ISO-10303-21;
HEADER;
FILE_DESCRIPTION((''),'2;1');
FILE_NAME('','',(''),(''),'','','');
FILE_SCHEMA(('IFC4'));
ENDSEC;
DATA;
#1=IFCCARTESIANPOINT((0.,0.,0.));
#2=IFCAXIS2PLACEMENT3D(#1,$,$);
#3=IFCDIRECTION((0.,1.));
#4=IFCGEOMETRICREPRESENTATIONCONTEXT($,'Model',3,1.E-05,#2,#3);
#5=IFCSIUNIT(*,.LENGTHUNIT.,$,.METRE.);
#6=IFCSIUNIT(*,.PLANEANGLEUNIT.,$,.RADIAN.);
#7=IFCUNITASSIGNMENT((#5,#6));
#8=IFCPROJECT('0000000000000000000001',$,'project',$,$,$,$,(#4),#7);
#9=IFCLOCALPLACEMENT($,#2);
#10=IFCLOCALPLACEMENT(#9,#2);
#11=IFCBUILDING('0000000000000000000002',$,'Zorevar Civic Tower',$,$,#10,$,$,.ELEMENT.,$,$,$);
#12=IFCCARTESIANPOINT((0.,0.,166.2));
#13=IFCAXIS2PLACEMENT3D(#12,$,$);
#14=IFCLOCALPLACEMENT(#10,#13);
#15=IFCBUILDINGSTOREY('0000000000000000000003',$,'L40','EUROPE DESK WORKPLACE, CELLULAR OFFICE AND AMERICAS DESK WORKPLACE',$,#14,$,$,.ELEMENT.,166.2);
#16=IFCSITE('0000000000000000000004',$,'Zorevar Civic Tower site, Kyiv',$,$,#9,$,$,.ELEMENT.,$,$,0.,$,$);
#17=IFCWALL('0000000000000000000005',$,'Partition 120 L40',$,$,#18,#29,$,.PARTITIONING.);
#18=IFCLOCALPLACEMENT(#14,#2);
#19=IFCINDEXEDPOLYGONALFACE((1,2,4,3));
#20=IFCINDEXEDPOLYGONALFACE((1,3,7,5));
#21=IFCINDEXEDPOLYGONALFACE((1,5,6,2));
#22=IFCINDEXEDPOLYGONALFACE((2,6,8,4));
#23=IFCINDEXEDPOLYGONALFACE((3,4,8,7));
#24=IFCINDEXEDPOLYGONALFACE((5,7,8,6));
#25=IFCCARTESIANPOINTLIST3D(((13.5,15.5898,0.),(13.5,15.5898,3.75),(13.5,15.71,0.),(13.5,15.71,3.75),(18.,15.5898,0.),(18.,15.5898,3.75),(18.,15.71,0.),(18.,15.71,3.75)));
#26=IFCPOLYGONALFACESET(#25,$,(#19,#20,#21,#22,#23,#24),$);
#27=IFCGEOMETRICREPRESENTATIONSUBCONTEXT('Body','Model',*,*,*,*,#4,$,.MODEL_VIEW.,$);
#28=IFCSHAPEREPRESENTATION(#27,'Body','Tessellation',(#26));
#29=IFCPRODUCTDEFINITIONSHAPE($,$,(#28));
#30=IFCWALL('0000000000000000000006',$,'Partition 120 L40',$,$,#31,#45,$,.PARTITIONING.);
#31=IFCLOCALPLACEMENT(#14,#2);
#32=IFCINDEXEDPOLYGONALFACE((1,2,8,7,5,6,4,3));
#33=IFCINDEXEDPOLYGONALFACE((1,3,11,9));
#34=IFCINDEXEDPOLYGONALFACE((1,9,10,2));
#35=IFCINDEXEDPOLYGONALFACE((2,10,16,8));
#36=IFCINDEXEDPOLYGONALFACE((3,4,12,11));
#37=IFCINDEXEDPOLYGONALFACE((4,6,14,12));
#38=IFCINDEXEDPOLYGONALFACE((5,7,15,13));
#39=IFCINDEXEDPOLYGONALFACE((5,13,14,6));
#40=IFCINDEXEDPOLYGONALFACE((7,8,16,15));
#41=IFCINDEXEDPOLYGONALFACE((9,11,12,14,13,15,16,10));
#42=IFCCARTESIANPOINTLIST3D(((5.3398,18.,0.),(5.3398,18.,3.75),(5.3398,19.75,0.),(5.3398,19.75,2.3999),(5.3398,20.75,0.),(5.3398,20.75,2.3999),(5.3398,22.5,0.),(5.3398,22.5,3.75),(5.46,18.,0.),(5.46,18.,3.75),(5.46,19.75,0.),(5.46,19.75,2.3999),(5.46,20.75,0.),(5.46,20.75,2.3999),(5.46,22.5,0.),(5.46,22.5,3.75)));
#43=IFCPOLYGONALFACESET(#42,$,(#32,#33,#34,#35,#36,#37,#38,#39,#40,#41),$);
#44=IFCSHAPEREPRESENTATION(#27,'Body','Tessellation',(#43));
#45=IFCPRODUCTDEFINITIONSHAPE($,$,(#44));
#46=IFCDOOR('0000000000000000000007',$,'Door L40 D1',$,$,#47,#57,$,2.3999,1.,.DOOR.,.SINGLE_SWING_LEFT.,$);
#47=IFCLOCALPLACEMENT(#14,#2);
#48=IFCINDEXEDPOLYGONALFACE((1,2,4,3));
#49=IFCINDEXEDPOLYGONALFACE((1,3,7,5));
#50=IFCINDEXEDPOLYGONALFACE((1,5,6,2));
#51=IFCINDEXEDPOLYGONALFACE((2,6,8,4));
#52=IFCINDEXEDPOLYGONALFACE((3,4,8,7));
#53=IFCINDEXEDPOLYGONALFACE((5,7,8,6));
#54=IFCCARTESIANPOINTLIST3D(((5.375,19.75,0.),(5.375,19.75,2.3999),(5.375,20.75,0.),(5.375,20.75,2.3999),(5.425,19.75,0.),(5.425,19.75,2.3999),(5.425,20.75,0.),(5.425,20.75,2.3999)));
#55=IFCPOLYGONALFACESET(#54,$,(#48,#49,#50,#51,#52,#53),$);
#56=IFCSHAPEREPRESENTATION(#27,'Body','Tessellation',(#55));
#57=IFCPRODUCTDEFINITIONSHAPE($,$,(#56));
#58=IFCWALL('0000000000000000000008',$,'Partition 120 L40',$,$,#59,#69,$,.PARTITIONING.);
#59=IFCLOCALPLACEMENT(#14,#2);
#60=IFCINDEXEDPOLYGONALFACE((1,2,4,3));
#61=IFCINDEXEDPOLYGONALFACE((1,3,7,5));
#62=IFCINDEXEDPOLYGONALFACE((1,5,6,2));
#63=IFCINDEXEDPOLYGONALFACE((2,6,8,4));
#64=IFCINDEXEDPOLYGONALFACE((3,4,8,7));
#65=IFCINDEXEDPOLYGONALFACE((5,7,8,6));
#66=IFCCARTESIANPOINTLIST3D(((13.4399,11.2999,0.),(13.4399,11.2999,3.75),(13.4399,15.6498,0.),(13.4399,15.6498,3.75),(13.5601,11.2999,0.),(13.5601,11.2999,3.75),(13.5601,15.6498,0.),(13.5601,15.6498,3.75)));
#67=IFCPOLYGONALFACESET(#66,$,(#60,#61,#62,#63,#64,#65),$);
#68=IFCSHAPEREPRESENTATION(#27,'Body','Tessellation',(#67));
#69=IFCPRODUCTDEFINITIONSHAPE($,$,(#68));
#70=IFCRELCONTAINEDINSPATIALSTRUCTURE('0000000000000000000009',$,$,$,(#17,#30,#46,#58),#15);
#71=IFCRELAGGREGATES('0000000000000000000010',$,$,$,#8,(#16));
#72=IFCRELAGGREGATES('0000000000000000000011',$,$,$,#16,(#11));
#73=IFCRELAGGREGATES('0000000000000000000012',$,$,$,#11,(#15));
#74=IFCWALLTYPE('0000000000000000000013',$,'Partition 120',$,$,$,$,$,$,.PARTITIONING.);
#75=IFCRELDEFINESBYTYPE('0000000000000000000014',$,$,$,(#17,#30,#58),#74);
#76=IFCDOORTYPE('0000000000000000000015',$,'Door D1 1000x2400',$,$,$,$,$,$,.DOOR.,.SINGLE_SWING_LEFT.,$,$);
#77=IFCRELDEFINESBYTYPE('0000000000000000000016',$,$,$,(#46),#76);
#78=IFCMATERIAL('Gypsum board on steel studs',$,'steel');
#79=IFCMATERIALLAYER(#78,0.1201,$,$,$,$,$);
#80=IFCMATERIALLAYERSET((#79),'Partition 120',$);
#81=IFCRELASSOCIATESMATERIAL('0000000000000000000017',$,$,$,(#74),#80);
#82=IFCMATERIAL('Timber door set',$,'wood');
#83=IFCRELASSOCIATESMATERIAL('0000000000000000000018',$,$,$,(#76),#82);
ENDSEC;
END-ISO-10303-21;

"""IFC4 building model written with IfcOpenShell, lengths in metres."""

from ifc_helpers import new_model, si_unit, direction, frame, frame_2d, origin, place, context, subcontext, project, spatial, rectangle, extrude, material, layer, layer_set, type_object, element, fill, save


model = new_model("IFC4")

# Units and contexts
model_context = context("Model", 3, precision=1e-05, world=origin(), true_north=direction((0.0, 1.0)))
body_context = subcontext(model_context, "Body", "Model", "MODEL_VIEW")
ifc_project = project(units=[si_unit("LENGTHUNIT", "METRE"), si_unit("PLANEANGLEUNIT", "RADIAN")], contexts=[model_context])

# Site, building, storey
site_placement = place(None, origin())
site = spatial("IfcSite", under=ifc_project, at=site_placement, Name="Zorevar Civic Tower site, Kyiv", CompositionType="ELEMENT", RefElevation=0.0)
building_placement = place(site_placement, origin())
building = spatial("IfcBuilding", under=site, at=building_placement, Name="Zorevar Civic Tower", CompositionType="ELEMENT")
storey_placement = place(building_placement, frame((0.0, 0.0, 166.2)))
storey = spatial("IfcBuildingStorey", under=building, at=storey_placement, Name="L40", Description="EUROPE DESK WORKPLACE, CELLULAR OFFICE AND AMERICAS DESK WORKPLACE", CompositionType="ELEMENT", Elevation=166.2)

# Shared definitions
ifc_material_1 = material(Name="Gypsum board on steel studs", Category="steel")
ifc_layer_1 = layer(ifc_material_1, 0.1201)
ifc_layer_set_1 = layer_set([ifc_layer_1], Name="Partition 120")
wall_type_1 = type_object("IfcWallType", Name="Partition 120", PredefinedType="PARTITIONING", material=ifc_layer_set_1)
ifc_material_2 = material(Name="Timber door set", Category="wood")
door_type_1 = type_object("IfcDoorType", Name="Door D1 1000x2400", OperationType="SINGLE_SWING_LEFT", PredefinedType="DOOR", material=ifc_material_2)

# Wall
wall_1_placement = place(storey_placement, frame((13.5, 15.6499, 0.0), z_axis=(0.0, 0.0, 1.0), x_axis=(1.0, 0.0, 0.0)))
element("IfcWall", 1, at=wall_1_placement, inside=storey, type_object=wall_type_1, Name="Partition 120 L40", PredefinedType="PARTITIONING", context=body_context, shape_type="SweptSolid", body=[
    extrude(rectangle(XDim=4.5, YDim=0.1201, at=frame_2d((2.25, 0.0))), origin(), (0.0, 0.0, 1.0), 3.75),
])

# Wall, opening, door
wall_2_placement = place(storey_placement, frame((5.3999, 18.0, 0.0), z_axis=(0.0, 0.0, 1.0), x_axis=(0.0, 1.0, 0.0)))
wall_2 = element("IfcWall", 2, at=wall_2_placement, inside=storey, type_object=wall_type_1, Name="Partition 120 L40", PredefinedType="PARTITIONING", context=body_context, shape_type="SweptSolid", body=[
    extrude(rectangle(XDim=4.5, YDim=0.1201, at=frame_2d((2.25, 0.0))), origin(), (0.0, 0.0, 1.0), 3.75),
])
opening_1_placement = place(wall_2_placement, frame((1.75, 0.0, 0.0)))
opening_1 = element("IfcOpeningElement", 3, at=opening_1_placement, cuts=wall_2, PredefinedType="OPENING", context=body_context, shape_type="SweptSolid", body=[
    extrude(rectangle(XDim=1.0, YDim=2.3999, at=frame_2d((0.5, 1.2))), frame((0.0, 0.0701, 0.0), z_axis=(0.0, -1.0, 0.0), x_axis=(1.0, 0.0, 0.0)), (0.0, 0.0, 1.0), 0.1401),
])
door_1_placement = place(opening_1_placement, origin())
door_1 = element("IfcDoor", 4, at=door_1_placement, inside=storey, type_object=door_type_1, Name="Door L40 D1", OperationType="SINGLE_SWING_LEFT", OverallHeight=2.3999, OverallWidth=1.0, PredefinedType="DOOR", context=body_context, shape_type="SweptSolid", body=[
    extrude(rectangle(XDim=1.0, YDim=2.3999, at=frame_2d((0.5, 1.2))), frame((0.0, 0.0249, 0.0), z_axis=(0.0, -1.0, 0.0), x_axis=(1.0, 0.0, 0.0)), (0.0, 0.0, 1.0), 0.05),
])
fill(opening_1, door_1)

# Wall
wall_3_placement = place(storey_placement, frame((13.5, 11.3, 0.0), z_axis=(0.0, 0.0, 1.0), x_axis=(0.0, 1.0, 0.0)))
element("IfcWall", 5, at=wall_3_placement, inside=storey, type_object=wall_type_1, Name="Partition 120 L40", PredefinedType="PARTITIONING", context=body_context, shape_type="SweptSolid", body=[
    extrude(rectangle(XDim=4.3499, YDim=0.1201, at=frame_2d((2.1748, 0.0))), origin(), (0.0, 0.0, 1.0), 3.75),
])

save(model, "model.ifc")
